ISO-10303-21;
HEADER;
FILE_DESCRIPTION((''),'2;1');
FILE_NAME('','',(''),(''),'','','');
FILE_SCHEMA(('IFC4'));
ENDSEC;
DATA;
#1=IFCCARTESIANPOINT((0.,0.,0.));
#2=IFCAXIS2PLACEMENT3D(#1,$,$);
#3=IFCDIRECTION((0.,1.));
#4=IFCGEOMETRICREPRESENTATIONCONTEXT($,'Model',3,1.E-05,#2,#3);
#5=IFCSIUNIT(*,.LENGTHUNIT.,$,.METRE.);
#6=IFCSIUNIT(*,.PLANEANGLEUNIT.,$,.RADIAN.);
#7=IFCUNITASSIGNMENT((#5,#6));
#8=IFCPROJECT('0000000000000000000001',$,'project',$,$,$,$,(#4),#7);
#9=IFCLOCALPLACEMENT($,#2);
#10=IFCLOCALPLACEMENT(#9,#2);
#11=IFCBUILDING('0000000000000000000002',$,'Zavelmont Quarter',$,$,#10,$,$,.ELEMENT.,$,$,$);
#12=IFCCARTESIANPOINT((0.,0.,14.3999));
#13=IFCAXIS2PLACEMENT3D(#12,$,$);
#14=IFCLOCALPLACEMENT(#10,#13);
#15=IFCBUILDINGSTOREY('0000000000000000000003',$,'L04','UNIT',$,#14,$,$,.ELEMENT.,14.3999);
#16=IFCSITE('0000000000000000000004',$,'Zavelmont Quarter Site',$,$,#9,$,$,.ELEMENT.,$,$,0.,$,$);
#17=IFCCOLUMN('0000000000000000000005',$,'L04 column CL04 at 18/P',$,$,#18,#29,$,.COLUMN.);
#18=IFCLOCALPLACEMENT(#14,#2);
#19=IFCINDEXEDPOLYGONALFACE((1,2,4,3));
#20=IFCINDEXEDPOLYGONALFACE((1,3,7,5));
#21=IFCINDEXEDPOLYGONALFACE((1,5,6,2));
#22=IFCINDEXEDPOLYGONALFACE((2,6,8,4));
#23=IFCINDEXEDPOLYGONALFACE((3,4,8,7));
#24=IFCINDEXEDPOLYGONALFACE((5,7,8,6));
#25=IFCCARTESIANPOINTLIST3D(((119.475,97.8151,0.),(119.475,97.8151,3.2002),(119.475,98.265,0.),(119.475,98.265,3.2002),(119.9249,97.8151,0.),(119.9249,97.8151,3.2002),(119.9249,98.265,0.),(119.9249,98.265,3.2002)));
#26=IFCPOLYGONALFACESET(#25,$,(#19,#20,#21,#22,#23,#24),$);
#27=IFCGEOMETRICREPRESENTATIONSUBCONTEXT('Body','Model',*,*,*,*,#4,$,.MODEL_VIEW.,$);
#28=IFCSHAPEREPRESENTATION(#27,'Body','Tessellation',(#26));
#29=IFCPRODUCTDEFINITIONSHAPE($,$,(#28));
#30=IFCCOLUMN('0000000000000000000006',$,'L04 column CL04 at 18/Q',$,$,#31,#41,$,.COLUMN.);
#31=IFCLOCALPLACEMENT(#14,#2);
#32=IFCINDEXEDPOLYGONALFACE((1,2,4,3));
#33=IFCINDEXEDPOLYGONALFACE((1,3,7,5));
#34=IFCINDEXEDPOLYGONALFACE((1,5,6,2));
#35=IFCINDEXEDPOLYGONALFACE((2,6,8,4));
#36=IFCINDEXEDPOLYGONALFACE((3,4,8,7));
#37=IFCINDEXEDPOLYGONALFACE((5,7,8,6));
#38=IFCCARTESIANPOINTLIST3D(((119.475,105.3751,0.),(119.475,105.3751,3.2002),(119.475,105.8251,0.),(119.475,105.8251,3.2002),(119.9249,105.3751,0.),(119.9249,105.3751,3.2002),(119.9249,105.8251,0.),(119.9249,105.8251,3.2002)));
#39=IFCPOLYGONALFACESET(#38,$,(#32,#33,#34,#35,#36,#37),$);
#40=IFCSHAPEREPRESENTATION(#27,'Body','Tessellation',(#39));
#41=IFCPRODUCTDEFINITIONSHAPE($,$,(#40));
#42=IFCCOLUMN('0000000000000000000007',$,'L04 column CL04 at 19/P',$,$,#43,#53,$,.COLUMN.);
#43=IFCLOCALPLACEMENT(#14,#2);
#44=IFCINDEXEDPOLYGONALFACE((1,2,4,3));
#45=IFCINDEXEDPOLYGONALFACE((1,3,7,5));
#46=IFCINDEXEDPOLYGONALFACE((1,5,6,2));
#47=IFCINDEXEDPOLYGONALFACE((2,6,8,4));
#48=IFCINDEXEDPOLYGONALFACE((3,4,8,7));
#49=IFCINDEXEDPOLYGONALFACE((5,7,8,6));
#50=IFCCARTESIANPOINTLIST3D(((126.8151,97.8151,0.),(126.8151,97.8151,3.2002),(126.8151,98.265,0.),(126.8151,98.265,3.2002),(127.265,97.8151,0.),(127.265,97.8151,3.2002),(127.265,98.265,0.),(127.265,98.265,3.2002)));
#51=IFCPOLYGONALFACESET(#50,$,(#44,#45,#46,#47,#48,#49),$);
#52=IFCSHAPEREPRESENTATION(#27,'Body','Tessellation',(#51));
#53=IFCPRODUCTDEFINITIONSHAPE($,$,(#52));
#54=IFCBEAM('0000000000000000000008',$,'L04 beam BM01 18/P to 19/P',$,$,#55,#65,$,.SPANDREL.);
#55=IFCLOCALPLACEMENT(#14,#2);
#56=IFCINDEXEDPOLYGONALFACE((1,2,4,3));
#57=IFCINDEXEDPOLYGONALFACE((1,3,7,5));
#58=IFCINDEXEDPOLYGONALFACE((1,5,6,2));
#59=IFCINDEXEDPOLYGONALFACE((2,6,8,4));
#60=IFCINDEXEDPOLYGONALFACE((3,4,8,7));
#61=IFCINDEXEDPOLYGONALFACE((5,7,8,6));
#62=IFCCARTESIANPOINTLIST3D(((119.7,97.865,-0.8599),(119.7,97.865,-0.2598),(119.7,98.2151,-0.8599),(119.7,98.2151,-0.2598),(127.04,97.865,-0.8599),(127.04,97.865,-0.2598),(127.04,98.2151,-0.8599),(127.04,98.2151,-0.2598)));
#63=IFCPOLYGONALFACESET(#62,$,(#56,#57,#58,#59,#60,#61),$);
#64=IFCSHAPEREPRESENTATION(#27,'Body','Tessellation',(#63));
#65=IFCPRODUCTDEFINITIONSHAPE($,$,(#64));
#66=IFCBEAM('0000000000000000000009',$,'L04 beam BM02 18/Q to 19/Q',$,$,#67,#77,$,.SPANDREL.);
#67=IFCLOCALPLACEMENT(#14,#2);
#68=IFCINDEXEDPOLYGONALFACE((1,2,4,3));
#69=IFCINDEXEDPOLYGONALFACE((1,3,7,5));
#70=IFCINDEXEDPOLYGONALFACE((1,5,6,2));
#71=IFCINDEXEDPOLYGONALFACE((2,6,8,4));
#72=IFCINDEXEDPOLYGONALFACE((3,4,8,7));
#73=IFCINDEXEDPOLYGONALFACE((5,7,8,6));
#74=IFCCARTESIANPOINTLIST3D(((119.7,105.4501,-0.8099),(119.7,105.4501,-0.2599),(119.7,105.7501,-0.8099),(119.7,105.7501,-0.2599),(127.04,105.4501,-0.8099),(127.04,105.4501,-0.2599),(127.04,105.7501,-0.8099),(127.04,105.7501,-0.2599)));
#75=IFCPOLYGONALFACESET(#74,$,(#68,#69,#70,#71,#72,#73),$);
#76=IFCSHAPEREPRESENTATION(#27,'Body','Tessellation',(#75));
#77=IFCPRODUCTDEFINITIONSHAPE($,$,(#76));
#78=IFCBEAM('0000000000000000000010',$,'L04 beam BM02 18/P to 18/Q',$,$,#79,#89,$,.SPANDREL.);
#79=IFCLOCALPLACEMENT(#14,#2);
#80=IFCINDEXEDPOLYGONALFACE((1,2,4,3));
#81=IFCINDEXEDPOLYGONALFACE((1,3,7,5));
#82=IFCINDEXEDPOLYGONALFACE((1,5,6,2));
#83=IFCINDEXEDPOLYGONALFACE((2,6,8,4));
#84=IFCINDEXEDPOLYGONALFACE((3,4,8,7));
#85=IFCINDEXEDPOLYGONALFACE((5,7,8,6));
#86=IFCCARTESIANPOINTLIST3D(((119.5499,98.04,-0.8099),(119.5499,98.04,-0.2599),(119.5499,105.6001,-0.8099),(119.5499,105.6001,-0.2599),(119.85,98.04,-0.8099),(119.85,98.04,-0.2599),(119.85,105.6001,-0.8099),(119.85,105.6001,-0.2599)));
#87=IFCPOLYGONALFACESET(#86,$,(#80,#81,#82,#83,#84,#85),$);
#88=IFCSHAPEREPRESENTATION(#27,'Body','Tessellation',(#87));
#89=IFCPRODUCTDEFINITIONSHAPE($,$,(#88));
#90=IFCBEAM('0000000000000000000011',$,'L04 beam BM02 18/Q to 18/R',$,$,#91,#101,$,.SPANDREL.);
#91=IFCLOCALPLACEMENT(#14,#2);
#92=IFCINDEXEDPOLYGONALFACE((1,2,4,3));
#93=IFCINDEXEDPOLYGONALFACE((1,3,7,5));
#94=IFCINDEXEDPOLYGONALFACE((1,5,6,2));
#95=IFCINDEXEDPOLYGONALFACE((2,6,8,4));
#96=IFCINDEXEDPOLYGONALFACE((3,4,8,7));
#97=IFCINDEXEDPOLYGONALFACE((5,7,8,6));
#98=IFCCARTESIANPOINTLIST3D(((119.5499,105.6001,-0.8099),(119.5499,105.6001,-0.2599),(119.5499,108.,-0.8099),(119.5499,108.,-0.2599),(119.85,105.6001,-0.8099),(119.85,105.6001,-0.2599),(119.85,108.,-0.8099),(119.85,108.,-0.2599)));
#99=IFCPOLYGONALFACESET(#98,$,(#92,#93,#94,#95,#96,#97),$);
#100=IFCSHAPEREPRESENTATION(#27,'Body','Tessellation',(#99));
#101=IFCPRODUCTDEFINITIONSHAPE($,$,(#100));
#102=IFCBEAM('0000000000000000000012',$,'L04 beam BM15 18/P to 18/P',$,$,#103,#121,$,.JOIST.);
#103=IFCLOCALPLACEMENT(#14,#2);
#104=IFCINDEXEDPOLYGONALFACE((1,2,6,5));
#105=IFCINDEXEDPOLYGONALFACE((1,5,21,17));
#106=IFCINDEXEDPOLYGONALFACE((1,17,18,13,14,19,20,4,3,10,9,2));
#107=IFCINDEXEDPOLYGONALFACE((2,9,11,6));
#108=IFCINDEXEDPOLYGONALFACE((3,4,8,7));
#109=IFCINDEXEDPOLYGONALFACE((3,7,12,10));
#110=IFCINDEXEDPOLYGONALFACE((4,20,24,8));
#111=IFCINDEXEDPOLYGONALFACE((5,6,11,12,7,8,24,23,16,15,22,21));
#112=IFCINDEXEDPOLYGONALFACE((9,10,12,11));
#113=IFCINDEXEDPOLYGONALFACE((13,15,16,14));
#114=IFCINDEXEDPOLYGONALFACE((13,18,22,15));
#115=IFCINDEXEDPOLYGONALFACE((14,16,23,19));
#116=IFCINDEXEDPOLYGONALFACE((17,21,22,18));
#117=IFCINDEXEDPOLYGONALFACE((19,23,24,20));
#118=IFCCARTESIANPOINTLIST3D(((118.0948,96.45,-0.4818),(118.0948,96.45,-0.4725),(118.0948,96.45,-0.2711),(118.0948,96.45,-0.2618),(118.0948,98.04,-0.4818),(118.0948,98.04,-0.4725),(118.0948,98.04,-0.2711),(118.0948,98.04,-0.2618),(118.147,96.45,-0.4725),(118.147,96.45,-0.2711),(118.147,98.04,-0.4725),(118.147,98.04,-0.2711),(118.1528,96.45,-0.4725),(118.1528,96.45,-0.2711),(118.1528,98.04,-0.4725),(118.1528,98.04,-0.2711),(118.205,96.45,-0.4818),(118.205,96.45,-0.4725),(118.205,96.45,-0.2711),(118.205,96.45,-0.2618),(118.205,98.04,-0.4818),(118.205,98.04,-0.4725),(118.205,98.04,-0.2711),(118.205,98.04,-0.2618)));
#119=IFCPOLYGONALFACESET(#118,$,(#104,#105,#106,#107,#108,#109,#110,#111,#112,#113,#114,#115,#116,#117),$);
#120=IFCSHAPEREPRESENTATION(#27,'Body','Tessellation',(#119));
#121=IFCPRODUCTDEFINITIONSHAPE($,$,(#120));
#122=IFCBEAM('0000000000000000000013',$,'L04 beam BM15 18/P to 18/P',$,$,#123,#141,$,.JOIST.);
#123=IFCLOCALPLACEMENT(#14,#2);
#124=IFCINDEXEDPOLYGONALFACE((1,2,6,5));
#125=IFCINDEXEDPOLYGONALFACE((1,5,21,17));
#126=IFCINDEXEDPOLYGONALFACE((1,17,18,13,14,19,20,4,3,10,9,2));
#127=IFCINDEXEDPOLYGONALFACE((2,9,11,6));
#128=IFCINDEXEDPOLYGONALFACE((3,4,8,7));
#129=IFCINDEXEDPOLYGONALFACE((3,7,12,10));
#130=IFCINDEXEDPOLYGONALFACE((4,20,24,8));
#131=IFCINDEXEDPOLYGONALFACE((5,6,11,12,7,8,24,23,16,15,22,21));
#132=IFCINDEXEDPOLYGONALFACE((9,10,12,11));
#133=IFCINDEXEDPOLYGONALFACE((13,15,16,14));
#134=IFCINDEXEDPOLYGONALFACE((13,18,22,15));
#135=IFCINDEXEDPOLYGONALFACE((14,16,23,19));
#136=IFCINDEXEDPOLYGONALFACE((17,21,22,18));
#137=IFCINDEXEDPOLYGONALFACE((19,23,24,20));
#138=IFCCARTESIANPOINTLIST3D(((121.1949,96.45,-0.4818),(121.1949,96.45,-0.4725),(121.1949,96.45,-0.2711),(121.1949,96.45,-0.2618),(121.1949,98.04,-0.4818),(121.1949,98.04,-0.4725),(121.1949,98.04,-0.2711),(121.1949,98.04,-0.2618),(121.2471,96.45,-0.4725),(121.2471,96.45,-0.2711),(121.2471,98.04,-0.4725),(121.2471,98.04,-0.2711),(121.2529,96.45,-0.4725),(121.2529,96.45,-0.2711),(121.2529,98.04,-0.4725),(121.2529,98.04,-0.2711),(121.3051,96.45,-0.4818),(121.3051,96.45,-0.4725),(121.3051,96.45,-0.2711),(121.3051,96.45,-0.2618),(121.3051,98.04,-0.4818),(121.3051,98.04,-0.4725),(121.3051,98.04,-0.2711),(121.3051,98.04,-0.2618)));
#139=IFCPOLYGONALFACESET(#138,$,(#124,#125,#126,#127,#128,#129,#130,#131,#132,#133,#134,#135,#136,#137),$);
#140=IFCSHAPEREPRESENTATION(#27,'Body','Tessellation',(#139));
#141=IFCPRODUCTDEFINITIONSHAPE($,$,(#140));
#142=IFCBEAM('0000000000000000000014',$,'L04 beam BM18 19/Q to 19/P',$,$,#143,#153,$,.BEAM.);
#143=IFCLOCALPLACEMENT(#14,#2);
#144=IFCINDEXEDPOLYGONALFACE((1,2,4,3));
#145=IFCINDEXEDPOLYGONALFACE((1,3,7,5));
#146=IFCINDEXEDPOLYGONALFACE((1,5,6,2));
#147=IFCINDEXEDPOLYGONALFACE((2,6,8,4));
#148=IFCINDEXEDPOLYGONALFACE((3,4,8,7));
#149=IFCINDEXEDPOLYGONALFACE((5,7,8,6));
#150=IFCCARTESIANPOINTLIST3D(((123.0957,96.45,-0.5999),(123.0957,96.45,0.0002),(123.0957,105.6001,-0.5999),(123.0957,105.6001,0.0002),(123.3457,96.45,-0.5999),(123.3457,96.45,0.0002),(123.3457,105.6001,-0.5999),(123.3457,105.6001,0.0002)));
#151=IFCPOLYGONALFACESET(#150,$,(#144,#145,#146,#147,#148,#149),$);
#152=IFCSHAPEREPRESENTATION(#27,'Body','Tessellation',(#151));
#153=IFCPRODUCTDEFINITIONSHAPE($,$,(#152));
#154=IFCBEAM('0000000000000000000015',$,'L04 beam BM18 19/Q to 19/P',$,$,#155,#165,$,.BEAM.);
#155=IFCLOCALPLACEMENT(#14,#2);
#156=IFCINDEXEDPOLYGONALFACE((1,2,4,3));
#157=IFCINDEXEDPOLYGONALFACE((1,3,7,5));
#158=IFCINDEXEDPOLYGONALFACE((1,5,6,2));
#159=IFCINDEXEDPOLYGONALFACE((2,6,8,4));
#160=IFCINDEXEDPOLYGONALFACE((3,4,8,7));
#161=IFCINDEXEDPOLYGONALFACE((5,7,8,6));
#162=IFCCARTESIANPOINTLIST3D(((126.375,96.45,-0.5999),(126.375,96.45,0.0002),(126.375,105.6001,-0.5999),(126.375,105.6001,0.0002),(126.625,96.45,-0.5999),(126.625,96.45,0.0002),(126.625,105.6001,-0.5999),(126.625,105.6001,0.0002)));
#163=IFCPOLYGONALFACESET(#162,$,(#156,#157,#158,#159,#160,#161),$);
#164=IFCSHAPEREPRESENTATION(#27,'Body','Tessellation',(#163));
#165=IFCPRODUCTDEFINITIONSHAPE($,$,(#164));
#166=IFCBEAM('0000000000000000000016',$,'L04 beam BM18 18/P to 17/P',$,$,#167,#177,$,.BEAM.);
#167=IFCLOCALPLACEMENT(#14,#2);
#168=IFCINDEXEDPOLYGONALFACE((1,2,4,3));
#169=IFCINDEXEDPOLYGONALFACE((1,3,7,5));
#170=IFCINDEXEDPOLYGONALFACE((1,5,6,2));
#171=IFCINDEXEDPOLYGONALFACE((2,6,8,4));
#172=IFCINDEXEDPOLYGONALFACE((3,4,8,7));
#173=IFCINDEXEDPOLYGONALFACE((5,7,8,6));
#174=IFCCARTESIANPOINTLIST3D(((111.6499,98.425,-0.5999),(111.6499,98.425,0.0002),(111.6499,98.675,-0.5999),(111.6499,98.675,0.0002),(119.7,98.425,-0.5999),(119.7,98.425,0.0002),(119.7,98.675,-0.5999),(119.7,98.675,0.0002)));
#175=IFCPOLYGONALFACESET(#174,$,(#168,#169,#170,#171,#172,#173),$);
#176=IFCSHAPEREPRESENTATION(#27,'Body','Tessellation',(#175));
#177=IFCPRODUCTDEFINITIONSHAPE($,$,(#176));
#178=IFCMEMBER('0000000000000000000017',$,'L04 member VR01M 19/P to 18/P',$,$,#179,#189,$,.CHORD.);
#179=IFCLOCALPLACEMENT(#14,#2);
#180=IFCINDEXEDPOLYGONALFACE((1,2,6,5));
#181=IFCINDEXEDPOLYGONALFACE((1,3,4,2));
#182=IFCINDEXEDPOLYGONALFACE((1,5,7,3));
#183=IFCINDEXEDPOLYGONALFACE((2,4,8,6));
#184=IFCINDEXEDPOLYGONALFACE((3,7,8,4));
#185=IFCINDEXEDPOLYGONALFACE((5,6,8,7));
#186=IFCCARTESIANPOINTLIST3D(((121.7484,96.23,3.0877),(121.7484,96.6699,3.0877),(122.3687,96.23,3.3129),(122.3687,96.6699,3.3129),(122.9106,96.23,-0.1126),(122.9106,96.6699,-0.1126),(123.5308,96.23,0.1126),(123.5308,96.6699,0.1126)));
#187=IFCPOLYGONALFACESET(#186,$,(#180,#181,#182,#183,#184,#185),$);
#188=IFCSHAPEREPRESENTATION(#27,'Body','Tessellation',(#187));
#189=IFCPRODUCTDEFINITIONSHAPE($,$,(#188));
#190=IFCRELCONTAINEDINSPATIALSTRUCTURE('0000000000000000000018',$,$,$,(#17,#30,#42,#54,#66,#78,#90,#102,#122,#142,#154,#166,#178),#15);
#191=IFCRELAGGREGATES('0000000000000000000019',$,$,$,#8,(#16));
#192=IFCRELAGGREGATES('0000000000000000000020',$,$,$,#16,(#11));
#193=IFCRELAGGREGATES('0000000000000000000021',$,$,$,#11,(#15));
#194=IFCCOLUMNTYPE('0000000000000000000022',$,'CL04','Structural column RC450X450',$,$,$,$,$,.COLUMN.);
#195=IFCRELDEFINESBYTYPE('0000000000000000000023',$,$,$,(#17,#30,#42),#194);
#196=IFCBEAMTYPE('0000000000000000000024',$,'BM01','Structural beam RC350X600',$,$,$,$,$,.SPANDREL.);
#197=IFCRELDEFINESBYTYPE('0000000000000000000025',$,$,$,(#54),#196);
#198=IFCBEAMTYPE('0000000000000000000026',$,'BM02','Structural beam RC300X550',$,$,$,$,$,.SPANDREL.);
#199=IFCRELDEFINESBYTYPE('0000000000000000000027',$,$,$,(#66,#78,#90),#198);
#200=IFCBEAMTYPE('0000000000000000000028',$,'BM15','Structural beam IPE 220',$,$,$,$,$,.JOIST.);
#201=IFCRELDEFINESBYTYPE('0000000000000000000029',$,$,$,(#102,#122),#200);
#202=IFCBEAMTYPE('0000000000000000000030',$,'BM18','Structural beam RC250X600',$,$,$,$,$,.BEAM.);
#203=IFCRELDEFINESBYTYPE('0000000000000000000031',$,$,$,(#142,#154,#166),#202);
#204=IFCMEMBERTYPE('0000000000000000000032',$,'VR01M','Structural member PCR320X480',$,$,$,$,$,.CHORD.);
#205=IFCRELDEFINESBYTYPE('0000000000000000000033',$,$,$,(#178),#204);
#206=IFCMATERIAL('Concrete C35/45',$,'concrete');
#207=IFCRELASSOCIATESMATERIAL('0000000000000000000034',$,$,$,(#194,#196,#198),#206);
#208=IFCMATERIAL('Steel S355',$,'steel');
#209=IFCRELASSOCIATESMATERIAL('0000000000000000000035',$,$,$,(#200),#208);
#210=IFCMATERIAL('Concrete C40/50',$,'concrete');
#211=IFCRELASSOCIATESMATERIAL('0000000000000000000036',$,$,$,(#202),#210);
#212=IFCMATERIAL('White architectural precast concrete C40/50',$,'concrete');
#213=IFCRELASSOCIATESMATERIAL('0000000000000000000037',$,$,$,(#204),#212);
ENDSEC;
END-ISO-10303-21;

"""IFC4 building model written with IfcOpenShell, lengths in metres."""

from ifc_helpers import new_model, si_unit, direction, frame, origin, origin_2d, place, context, subcontext, project, spatial, rectangle, i_section, extrude, material, material_profile, profile_set, type_object, element, save


model = new_model("IFC4")

# Units and contexts
model_context = context("Model", 3, precision=1e-05, world=origin(), true_north=direction((0.0, 1.0)))
body_context = subcontext(model_context, "Body", "Model", "MODEL_VIEW")
ifc_project = project(units=[si_unit("LENGTHUNIT", "METRE"), si_unit("PLANEANGLEUNIT", "RADIAN")], contexts=[model_context])

# Site, building, storey
site_placement = place(None, origin())
site = spatial("IfcSite", under=ifc_project, at=site_placement, Name="Zavelmont Quarter Site", CompositionType="ELEMENT", RefElevation=0.0)
building_placement = place(site_placement, origin())
building = spatial("IfcBuilding", under=site, at=building_placement, Name="Zavelmont Quarter", CompositionType="ELEMENT")
storey_placement = place(building_placement, frame((0.0, 0.0, 14.3999)))
storey = spatial("IfcBuildingStorey", under=building, at=storey_placement, Name="L04", Description="UNIT", CompositionType="ELEMENT", Elevation=14.3999)

# Columns
ifc_material_1 = material(Name="Concrete C35/45", Category="concrete")
ifc_material_profile_1 = material_profile(ifc_material_1, rectangle(XDim=0.45, YDim=0.45, at=origin_2d()), Name="RC450X450")
ifc_profile_set_1 = profile_set([ifc_material_profile_1], Name="Concrete C35/45")
column_type = type_object("IfcColumnType", Name="CL04", Description="Structural column RC450X450", PredefinedType="COLUMN", material=ifc_profile_set_1)
for number, where, z_axis, x_axis, name in (
    (1, (119.7, 98.04, 0.0), (0.0, 0.0, 1.0), (1.0, 0.0, 0.0), "L04 column CL04 at 18/P"),
    (2, (119.7, 105.6001, 0.0), (0.0, 0.0, 1.0), (1.0, 0.0, 0.0), "L04 column CL04 at 18/Q"),
    (3, (127.04, 98.04, 0.0), (0.0, 0.0, 1.0), (1.0, 0.0, 0.0), "L04 column CL04 at 19/P"),
):
    element("IfcColumn", number, at=place(storey_placement, frame(where, z_axis=z_axis, x_axis=x_axis)), inside=storey, type_object=column_type, Name=name, PredefinedType="COLUMN", context=body_context, shape_type="SweptSolid", body=[
        extrude(rectangle(XDim=0.45, YDim=0.45, at=origin_2d()), origin(), (0.0, 0.0, 1.0), 3.2002),
    ])

# Beams
ifc_material_profile_2 = material_profile(ifc_material_1, rectangle(XDim=0.3501, YDim=0.6001, at=origin_2d()), Name="RC350X600")
ifc_profile_set_2 = profile_set([ifc_material_profile_2], Name="Concrete C35/45")
beam_type_1 = type_object("IfcBeamType", Name="BM01", Description="Structural beam RC350X600", PredefinedType="SPANDREL", material=ifc_profile_set_2)
beam_1_placement = place(storey_placement, frame((119.7, 98.04, -0.5598), z_axis=(1.0, 0.0, 0.0), x_axis=(0.0, 1.0, 0.0)))
element("IfcBeam", 4, at=beam_1_placement, inside=storey, type_object=beam_type_1, Name="L04 beam BM01 18/P to 19/P", PredefinedType="SPANDREL", context=body_context, shape_type="SweptSolid", body=[
    extrude(rectangle(XDim=0.3501, YDim=0.6001, at=origin_2d()), origin(), (0.0, 0.0, 1.0), 7.3401),
])
ifc_material_profile_3 = material_profile(ifc_material_1, rectangle(XDim=0.3, YDim=0.55, at=origin_2d()), Name="RC300X550")
ifc_profile_set_3 = profile_set([ifc_material_profile_3], Name="Concrete C35/45")
beam_type_2 = type_object("IfcBeamType", Name="BM02", Description="Structural beam RC300X550", PredefinedType="SPANDREL", material=ifc_profile_set_3)
beam_2_placement = place(storey_placement, frame((119.7, 105.6001, -0.5349), z_axis=(1.0, 0.0, 0.0), x_axis=(0.0, 1.0, 0.0)))
element("IfcBeam", 5, at=beam_2_placement, inside=storey, type_object=beam_type_2, Name="L04 beam BM02 18/Q to 19/Q", PredefinedType="SPANDREL", context=body_context, shape_type="SweptSolid", body=[
    extrude(rectangle(XDim=0.3, YDim=0.55, at=origin_2d()), origin(), (0.0, 0.0, 1.0), 7.3401),
])
beam_3_placement = place(storey_placement, frame((119.7, 98.04, -0.5349), z_axis=(0.0, 1.0, 0.0), x_axis=(-1.0, 0.0, 0.0)))
element("IfcBeam", 6, at=beam_3_placement, inside=storey, type_object=beam_type_2, Name="L04 beam BM02 18/P to 18/Q", PredefinedType="SPANDREL", context=body_context, shape_type="SweptSolid", body=[
    extrude(rectangle(XDim=0.3, YDim=0.55, at=origin_2d()), origin(), (0.0, 0.0, 1.0), 7.5601),
])
beam_4_placement = place(storey_placement, frame((119.7, 105.6001, -0.5349), z_axis=(0.0, 1.0, 0.0), x_axis=(-1.0, 0.0, 0.0)))
element("IfcBeam", 7, at=beam_4_placement, inside=storey, type_object=beam_type_2, Name="L04 beam BM02 18/Q to 18/R", PredefinedType="SPANDREL", context=body_context, shape_type="SweptSolid", body=[
    extrude(rectangle(XDim=0.3, YDim=0.55, at=origin_2d()), origin(), (0.0, 0.0, 1.0), 2.3999),
])
ifc_material_2 = material(Name="Steel S355", Category="steel")
ifc_material_profile_4 = material_profile(ifc_material_2, i_section(OverallWidth=0.1101, OverallDepth=0.22, WebThickness=0.0059, FlangeThickness=0.0093, at=origin_2d()), Name="IPE 220")
ifc_profile_set_4 = profile_set([ifc_material_profile_4], Name="Steel S355")
beam_type_3 = type_object("IfcBeamType", Name="BM15", Description="Structural beam IPE 220", PredefinedType="JOIST", material=ifc_profile_set_4)
for number, where, z_axis, x_axis, name in (
    (8, (118.1499, 98.04, -0.3718), (0.0, -1.0, 0.0), (1.0, 0.0, 0.0), "L04 beam BM15 18/P to 18/P"),
    (9, (121.25, 98.04, -0.3718), (0.0, -1.0, 0.0), (1.0, 0.0, 0.0), "L04 beam BM15 18/P to 18/P"),
):
    element("IfcBeam", number, at=place(storey_placement, frame(where, z_axis=z_axis, x_axis=x_axis)), inside=storey, type_object=beam_type_3, Name=name, PredefinedType="JOIST", context=body_context, shape_type="SweptSolid", body=[
        extrude(i_section(OverallWidth=0.1101, OverallDepth=0.22, WebThickness=0.0059, FlangeThickness=0.0093, at=origin_2d()), origin(), (0.0, 0.0, 1.0), 1.5901),
    ])
ifc_material_3 = material(Name="Concrete C40/50", Category="concrete")
ifc_material_profile_5 = material_profile(ifc_material_3, rectangle(XDim=0.25, YDim=0.6001, at=origin_2d()), Name="RC250X600")
ifc_profile_set_5 = profile_set([ifc_material_profile_5], Name="Concrete C40/50")
beam_type_4 = type_object("IfcBeamType", Name="BM18", Description="Structural beam RC250X600", PredefinedType="BEAM", material=ifc_profile_set_5)
for number, where, z_axis, x_axis, name in (
    (10, (123.2207, 105.6001, -0.2998), (0.0, -1.0, 0.0), (1.0, 0.0, 0.0), "L04 beam BM18 19/Q to 19/P"),
    (11, (126.5, 105.6001, -0.2998), (0.0, -1.0, 0.0), (1.0, 0.0, 0.0), "L04 beam BM18 19/Q to 19/P"),
):
    element("IfcBeam", number, at=place(storey_placement, frame(where, z_axis=z_axis, x_axis=x_axis)), inside=storey, type_object=beam_type_4, Name=name, PredefinedType="BEAM", context=body_context, shape_type="SweptSolid", body=[
        extrude(rectangle(XDim=0.25, YDim=0.6001, at=origin_2d()), origin(), (0.0, 0.0, 1.0), 9.1501),
    ])
beam_5_placement = place(storey_placement, frame((119.7, 98.55, -0.2998), z_axis=(-1.0, 0.0, 0.0), x_axis=(0.0, -1.0, 0.0)))
element("IfcBeam", 12, at=beam_5_placement, inside=storey, type_object=beam_type_4, Name="L04 beam BM18 18/P to 17/P", PredefinedType="BEAM", context=body_context, shape_type="SweptSolid", body=[
    extrude(rectangle(XDim=0.25, YDim=0.6001, at=origin_2d()), origin(), (0.0, 0.0, 1.0), 8.05),
])

# Member
ifc_material_4 = material(Name="White architectural precast concrete C40/50", Category="concrete")
ifc_material_profile_6 = material_profile(ifc_material_4, rectangle(XDim=0.4399, YDim=0.6599, at=origin_2d()), Name="PCR320X480")
ifc_profile_set_6 = profile_set([ifc_material_profile_6], Name="White architectural precast concrete C40/50")
member_type = type_object("IfcMemberType", Name="VR01M", Description="Structural member PCR320X480", PredefinedType="CHORD", material=ifc_profile_set_6)
member_placement = place(storey_placement, frame((123.2207, 96.45, 0.0), z_axis=(-0.341328, 0.0, 0.939944), x_axis=(0.0, -1.0, 0.0)))
element("IfcMember", 13, at=member_placement, inside=storey, type_object=member_type, Name="L04 member VR01M 19/P to 18/P", PredefinedType="CHORD", context=body_context, shape_type="SweptSolid", body=[
    extrude(rectangle(XDim=0.4399, YDim=0.6599, at=origin_2d()), origin(), (0.0, 0.0, 1.0), 3.4048),
])

save(model, "model.ifc")
